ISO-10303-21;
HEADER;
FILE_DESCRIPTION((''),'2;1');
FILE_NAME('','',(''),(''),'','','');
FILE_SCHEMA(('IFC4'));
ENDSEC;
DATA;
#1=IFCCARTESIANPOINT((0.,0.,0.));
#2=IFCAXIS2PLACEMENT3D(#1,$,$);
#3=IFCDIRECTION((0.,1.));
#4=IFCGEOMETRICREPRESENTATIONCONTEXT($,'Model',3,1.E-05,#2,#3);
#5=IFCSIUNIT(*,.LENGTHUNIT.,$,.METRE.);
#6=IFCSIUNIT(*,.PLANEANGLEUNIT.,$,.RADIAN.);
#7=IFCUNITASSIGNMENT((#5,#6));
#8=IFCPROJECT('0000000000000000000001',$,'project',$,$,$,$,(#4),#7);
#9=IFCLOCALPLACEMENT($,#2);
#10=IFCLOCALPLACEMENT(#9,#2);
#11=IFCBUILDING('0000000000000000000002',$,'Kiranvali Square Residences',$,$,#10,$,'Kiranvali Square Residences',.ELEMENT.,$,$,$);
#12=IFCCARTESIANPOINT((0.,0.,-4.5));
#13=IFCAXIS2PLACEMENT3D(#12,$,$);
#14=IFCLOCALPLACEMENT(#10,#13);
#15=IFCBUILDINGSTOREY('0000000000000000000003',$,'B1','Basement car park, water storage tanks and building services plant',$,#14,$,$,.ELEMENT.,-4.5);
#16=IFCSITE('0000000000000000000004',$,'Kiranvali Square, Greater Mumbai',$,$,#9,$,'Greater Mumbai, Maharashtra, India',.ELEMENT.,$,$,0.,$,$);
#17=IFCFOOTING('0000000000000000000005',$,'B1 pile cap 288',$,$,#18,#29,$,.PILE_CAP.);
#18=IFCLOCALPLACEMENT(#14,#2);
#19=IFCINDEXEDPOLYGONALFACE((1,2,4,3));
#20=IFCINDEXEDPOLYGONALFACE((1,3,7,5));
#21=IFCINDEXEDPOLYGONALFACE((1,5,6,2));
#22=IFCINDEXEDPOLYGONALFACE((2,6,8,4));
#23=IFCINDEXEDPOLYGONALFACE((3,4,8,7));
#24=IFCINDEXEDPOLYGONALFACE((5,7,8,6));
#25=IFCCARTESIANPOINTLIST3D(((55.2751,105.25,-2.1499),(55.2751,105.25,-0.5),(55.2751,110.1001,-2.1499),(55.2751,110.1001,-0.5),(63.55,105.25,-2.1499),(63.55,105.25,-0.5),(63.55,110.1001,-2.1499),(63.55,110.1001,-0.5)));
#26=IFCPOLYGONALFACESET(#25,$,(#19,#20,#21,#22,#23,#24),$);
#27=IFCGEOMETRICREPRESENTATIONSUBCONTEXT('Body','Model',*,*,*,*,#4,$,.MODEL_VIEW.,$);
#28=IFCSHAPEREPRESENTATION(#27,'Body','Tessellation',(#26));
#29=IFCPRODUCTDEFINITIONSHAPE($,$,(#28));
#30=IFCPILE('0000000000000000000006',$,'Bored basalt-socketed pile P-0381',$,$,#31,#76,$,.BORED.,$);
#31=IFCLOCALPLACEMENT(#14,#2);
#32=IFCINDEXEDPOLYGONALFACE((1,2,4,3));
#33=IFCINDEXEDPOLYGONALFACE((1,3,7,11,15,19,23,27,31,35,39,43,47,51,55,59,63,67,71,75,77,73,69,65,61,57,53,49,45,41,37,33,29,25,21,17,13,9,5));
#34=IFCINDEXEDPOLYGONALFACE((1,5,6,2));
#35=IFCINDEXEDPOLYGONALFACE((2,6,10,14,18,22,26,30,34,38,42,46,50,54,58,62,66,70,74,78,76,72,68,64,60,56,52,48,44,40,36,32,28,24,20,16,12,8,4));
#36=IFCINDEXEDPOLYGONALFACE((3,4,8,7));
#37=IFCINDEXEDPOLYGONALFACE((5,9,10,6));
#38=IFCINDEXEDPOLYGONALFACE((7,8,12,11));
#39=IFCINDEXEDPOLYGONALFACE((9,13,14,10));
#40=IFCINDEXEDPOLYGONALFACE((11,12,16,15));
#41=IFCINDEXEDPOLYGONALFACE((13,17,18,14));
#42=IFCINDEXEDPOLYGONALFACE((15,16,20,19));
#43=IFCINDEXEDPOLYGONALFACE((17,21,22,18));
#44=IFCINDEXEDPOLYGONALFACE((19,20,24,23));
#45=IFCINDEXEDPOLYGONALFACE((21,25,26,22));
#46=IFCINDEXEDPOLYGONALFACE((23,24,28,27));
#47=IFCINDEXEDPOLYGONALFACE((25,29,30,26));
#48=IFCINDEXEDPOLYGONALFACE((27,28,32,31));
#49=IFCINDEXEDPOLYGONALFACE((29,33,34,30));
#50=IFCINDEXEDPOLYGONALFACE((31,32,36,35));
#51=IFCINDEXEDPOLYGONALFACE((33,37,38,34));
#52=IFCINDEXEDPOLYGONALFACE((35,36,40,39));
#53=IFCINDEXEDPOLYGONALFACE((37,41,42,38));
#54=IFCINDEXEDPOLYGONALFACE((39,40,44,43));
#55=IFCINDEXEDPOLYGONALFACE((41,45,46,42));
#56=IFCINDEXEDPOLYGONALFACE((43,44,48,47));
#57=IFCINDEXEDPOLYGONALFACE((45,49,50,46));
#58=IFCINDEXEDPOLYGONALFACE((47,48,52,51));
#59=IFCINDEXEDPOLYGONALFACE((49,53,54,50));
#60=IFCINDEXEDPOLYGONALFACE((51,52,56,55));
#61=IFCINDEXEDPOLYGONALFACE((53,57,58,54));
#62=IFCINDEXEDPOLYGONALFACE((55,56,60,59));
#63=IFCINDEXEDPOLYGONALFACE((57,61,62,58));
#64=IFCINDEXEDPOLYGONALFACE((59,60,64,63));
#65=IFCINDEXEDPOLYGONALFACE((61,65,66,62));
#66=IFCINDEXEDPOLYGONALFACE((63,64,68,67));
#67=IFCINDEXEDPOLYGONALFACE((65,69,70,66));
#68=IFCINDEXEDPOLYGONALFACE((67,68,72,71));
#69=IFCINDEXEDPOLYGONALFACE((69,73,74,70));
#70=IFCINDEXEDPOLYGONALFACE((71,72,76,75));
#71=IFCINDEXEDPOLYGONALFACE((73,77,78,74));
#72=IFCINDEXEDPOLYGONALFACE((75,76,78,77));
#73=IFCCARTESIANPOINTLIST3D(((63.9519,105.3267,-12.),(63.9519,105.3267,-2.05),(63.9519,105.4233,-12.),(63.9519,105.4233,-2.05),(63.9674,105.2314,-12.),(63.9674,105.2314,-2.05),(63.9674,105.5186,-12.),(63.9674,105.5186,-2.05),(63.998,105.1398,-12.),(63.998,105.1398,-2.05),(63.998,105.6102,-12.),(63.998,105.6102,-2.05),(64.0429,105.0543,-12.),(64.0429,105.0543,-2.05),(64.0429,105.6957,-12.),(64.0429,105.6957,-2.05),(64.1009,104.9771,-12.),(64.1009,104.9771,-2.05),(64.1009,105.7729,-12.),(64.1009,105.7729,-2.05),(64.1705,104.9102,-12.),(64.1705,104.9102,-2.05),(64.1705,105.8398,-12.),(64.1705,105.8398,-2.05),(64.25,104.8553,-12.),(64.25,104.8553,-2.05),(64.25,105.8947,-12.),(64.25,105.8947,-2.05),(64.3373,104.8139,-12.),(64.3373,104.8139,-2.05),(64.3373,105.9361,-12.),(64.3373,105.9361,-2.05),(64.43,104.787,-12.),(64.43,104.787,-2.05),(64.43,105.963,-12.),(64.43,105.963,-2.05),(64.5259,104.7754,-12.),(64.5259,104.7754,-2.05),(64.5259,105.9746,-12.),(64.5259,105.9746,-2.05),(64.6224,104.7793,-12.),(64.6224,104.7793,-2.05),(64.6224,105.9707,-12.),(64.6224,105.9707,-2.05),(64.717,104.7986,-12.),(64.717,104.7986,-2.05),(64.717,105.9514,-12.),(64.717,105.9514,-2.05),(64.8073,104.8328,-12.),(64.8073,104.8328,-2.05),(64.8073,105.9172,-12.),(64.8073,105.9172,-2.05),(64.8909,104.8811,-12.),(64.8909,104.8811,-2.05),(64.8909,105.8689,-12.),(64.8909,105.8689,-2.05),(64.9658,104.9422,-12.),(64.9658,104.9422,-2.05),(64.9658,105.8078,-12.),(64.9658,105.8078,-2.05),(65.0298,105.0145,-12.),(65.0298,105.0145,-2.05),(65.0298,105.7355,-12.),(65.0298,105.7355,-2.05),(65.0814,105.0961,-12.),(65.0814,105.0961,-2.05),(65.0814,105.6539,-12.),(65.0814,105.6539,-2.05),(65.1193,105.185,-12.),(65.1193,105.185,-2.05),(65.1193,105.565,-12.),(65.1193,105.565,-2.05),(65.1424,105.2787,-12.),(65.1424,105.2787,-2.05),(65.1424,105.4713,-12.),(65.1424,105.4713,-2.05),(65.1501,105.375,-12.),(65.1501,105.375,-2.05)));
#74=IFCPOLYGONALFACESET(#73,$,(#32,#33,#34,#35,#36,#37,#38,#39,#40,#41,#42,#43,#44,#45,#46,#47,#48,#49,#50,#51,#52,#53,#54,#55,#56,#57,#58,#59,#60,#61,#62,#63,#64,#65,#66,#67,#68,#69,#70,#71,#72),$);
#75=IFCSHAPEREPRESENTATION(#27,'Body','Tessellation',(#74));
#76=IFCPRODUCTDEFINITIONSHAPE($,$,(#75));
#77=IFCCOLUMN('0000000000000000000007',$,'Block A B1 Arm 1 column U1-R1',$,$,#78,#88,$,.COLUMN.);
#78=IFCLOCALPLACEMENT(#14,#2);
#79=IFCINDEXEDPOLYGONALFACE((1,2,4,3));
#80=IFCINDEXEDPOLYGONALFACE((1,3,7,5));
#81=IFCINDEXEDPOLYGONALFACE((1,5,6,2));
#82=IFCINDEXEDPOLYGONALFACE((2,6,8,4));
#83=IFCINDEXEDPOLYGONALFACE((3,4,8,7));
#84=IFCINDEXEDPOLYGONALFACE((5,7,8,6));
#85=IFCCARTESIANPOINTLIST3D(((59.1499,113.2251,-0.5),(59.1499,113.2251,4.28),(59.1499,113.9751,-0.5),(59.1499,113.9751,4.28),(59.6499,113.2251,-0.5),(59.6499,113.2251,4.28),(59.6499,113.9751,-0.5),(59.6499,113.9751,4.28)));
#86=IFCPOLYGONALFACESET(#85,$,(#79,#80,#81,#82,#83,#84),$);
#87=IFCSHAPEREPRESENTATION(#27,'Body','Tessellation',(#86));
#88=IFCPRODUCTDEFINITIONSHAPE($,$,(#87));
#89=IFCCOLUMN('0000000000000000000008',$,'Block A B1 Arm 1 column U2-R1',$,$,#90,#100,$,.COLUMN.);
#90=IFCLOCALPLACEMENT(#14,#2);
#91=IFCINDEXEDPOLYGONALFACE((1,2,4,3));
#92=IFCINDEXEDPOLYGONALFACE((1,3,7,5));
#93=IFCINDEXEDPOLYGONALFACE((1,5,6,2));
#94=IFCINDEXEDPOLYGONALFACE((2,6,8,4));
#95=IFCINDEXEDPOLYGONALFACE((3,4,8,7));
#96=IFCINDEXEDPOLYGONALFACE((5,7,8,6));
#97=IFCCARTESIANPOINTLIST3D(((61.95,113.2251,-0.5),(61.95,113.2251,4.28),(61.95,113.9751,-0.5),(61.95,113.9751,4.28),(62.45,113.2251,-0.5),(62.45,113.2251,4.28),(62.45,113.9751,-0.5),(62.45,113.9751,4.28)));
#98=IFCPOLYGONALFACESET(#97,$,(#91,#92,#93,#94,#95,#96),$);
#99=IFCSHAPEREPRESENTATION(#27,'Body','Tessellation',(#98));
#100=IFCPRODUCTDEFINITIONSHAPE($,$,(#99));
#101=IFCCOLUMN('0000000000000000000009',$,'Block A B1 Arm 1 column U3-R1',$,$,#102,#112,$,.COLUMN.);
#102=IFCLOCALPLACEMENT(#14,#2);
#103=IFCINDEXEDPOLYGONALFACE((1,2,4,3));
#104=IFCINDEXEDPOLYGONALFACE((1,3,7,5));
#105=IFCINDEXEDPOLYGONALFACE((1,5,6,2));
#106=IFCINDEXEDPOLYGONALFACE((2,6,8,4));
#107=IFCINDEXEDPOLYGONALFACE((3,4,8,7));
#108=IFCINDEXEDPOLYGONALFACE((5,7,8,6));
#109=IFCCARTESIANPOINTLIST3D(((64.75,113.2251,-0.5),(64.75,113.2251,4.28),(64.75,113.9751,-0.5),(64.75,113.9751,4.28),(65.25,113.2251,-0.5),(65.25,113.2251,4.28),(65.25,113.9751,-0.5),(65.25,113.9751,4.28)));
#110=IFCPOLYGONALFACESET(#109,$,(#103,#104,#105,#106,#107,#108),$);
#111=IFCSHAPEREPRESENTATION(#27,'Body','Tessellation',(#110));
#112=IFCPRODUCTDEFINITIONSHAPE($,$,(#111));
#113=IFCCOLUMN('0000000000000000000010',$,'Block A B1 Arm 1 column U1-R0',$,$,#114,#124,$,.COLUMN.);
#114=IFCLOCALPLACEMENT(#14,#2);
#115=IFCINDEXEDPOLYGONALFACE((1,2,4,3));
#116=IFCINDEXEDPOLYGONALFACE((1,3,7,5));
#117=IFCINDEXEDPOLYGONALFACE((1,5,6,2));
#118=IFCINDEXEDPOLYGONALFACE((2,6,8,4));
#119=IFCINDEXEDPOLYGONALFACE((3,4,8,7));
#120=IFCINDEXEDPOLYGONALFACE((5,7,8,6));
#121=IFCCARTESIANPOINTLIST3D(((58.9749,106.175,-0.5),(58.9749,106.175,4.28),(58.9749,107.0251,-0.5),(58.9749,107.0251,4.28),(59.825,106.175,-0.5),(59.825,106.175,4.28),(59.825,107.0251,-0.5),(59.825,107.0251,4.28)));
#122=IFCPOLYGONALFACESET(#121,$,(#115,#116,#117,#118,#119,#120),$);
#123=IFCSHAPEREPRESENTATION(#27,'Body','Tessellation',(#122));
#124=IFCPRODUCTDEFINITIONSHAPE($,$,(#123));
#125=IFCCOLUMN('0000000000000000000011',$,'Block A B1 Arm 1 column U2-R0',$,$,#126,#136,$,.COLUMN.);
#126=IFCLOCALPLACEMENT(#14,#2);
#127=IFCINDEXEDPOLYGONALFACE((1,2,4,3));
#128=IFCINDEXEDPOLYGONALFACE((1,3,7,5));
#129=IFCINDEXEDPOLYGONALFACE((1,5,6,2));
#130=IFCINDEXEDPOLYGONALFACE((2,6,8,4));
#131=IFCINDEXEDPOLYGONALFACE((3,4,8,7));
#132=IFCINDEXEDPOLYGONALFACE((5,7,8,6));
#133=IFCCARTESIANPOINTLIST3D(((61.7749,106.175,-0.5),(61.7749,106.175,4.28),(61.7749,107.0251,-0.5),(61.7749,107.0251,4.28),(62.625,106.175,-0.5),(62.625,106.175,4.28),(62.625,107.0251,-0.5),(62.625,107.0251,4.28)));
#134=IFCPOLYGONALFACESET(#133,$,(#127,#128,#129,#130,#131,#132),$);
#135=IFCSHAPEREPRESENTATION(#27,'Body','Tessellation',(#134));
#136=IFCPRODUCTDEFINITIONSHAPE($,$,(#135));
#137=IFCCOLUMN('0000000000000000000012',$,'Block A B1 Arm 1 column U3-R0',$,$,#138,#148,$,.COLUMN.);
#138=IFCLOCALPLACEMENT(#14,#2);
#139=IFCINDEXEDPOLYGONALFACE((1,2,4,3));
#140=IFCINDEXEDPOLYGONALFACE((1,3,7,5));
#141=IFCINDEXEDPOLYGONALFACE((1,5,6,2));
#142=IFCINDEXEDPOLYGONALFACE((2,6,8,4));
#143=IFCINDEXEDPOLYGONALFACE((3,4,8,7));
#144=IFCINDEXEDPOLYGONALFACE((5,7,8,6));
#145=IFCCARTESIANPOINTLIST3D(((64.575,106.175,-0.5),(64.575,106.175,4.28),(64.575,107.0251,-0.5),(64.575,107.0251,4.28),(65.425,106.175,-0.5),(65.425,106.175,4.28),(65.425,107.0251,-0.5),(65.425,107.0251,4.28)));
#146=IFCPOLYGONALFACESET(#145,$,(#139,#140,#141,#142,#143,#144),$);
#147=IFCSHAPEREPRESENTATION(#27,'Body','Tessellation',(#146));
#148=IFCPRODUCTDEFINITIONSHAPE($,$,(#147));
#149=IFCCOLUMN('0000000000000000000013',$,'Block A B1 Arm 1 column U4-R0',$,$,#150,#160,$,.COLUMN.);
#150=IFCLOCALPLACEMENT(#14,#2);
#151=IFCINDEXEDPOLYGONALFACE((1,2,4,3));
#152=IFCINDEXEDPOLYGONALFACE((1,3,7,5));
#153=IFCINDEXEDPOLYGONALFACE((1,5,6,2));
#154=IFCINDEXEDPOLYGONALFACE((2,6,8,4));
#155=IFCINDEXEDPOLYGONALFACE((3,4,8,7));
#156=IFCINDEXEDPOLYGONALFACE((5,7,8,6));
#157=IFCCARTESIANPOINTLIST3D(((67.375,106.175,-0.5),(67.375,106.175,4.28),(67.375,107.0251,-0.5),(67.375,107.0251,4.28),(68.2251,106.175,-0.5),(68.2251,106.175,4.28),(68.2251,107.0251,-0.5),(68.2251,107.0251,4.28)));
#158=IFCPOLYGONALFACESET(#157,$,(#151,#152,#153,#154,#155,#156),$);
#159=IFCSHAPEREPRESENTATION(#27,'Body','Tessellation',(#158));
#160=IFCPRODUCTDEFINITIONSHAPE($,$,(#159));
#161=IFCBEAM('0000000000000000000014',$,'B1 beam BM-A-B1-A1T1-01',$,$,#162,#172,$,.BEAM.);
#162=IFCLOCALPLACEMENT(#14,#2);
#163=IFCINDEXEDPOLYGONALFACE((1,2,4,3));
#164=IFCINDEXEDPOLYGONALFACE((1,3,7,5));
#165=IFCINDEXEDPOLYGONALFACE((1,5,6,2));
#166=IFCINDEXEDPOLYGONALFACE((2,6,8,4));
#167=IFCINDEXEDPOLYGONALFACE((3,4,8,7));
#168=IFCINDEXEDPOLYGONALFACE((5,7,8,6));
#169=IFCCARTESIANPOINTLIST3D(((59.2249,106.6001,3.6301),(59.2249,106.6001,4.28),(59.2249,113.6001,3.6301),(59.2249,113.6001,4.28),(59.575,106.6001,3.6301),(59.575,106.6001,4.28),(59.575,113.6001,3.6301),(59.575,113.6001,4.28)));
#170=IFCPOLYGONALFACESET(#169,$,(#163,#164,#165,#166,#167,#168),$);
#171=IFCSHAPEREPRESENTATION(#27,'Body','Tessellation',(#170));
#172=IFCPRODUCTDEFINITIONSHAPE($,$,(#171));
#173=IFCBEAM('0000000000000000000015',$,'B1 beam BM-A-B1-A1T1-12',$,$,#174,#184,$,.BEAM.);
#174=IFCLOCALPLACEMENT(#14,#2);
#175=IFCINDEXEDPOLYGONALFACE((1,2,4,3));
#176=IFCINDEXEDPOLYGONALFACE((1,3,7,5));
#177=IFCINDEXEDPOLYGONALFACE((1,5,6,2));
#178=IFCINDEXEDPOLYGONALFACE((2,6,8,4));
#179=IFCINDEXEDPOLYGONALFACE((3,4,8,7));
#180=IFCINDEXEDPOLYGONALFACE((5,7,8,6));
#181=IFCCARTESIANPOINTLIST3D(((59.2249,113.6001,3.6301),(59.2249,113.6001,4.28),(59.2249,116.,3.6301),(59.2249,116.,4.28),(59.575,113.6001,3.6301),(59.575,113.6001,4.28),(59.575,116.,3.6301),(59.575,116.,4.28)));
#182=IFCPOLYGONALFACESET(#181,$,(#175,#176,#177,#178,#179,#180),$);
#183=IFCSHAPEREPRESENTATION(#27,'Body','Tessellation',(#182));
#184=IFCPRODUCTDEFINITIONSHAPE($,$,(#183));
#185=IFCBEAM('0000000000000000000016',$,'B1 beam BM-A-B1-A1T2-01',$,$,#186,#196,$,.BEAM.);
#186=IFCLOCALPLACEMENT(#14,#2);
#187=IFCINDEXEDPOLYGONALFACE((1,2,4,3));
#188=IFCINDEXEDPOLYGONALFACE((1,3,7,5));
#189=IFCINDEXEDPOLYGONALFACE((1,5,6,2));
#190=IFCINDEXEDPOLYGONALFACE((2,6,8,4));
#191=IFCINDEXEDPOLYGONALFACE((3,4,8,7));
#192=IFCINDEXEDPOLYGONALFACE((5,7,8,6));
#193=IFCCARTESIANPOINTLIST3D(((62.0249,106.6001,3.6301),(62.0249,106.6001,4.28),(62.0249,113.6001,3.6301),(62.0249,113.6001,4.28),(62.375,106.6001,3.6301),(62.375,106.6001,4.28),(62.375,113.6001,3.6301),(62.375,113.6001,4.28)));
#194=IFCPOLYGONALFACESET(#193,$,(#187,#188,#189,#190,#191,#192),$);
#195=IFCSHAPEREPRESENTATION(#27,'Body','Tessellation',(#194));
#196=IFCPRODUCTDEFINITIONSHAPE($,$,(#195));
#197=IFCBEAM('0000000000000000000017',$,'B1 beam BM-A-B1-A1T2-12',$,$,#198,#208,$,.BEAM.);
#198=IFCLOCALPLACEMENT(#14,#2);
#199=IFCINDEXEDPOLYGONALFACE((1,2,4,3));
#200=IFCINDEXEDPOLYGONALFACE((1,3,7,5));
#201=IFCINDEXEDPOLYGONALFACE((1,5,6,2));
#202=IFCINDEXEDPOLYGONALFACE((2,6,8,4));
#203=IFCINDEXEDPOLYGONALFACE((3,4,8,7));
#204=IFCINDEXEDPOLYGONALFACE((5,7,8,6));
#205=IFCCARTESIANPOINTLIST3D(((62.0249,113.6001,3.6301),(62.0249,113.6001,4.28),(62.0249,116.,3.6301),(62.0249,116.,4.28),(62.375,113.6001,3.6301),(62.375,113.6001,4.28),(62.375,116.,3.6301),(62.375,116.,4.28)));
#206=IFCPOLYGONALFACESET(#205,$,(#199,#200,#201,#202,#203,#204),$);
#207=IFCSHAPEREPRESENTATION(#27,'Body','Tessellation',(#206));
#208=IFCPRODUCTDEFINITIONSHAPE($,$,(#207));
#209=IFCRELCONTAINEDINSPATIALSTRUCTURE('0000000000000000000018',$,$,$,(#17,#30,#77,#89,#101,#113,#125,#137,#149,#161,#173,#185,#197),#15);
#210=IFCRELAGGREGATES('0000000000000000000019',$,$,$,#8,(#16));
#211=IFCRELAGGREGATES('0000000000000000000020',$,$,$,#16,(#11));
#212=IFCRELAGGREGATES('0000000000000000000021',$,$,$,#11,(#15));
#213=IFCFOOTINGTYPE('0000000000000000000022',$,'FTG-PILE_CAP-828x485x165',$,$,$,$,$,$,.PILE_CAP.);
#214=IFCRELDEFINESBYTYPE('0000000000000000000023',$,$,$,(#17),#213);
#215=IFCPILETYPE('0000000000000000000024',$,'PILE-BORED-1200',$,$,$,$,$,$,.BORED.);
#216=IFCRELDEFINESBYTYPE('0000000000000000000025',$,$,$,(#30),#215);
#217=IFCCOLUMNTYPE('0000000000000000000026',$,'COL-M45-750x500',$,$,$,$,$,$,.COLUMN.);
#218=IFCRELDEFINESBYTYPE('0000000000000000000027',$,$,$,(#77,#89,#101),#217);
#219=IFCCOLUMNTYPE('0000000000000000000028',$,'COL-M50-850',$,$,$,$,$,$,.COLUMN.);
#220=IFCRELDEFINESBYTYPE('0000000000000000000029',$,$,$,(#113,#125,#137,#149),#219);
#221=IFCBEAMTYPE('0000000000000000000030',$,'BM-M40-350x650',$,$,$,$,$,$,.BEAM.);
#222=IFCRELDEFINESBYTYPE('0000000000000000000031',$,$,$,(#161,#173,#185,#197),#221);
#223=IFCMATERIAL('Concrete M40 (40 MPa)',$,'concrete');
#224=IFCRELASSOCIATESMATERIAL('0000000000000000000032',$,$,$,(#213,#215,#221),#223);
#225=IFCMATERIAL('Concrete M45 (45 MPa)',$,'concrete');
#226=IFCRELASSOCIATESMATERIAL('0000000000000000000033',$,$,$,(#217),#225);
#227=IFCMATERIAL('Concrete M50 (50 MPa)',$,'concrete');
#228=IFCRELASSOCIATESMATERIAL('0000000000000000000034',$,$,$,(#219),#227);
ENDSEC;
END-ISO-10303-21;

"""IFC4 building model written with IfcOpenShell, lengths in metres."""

from ifc_helpers import new_model, si_unit, direction, frame, origin, origin_2d, place, context, subcontext, project, spatial, rectangle, circle, extrude, material, material_profile, profile_set, type_object, element, save


model = new_model("IFC4")

# Units and contexts
model_context = context("Model", 3, precision=1e-05, world=origin(), true_north=direction((0.0, 1.0)))
body_context = subcontext(model_context, "Body", "Model", "MODEL_VIEW")
ifc_project = project(units=[si_unit("LENGTHUNIT", "METRE"), si_unit("PLANEANGLEUNIT", "RADIAN")], contexts=[model_context])

# Site, building, storey
site_placement = place(None, origin())
site = spatial("IfcSite", under=ifc_project, at=site_placement, Name="Kiranvali Square, Greater Mumbai", LongName="Greater Mumbai, Maharashtra, India", CompositionType="ELEMENT", RefElevation=0.0)
building_placement = place(site_placement, origin())
building = spatial("IfcBuilding", under=site, at=building_placement, Name="Kiranvali Square Residences", LongName="Kiranvali Square Residences", CompositionType="ELEMENT")
storey_placement = place(building_placement, frame((0.0, 0.0, -4.5)))
storey = spatial("IfcBuildingStorey", under=building, at=storey_placement, Name="B1", Description="Basement car park, water storage tanks and building services plant", CompositionType="ELEMENT", Elevation=-4.5)

# Footing
ifc_material_1 = material(Name="Concrete M40 (40 MPa)", Category="concrete")
footing_type = type_object("IfcFootingType", Name="FTG-PILE_CAP-828x485x165", PredefinedType="PILE_CAP", material=ifc_material_1)
footing_placement = place(storey_placement, frame((59.4126, 107.675, -2.1499), z_axis=(0.0, 0.0, 1.0), x_axis=(1.0, 0.0, 0.0)))
element("IfcFooting", 1, at=footing_placement, inside=storey, type_object=footing_type, Name="B1 pile cap 288", PredefinedType="PILE_CAP", context=body_context, shape_type="SweptSolid", body=[
    extrude(rectangle(XDim=8.2749, YDim=4.8501, at=origin_2d()), origin(), (0.0, 0.0, 1.0), 1.6499),
])

# Pile
ifc_material_profile_1 = material_profile(ifc_material_1, circle(Radius=0.6001, at=origin_2d()), Name="BORED PILE 1200")
ifc_profile_set_1 = profile_set([ifc_material_profile_1], Name="Concrete M40 (40 MPa)")
pile_type = type_object("IfcPileType", Name="PILE-BORED-1200", PredefinedType="BORED", material=ifc_profile_set_1)
pile_placement = place(storey_placement, frame((64.55, 105.375, -2.05), z_axis=(0.0, 0.0, -1.0), x_axis=(1.0, 0.0, 0.0)))
element("IfcPile", 2, at=pile_placement, inside=storey, type_object=pile_type, Name="Bored basalt-socketed pile P-0381", PredefinedType="BORED", context=body_context, shape_type="SweptSolid", body=[
    extrude(circle(Radius=0.6001, at=origin_2d()), origin(), (0.0, 0.0, 1.0), 9.95),
])

# Columns
ifc_material_2 = material(Name="Concrete M45 (45 MPa)", Category="concrete")
ifc_material_profile_2 = material_profile(ifc_material_2, rectangle(XDim=0.5, YDim=0.75, at=origin_2d()), Name="RC 750x500")
ifc_profile_set_2 = profile_set([ifc_material_profile_2], Name="Concrete M45 (45 MPa)")
column_type_1 = type_object("IfcColumnType", Name="COL-M45-750x500", PredefinedType="COLUMN", material=ifc_profile_set_2)
for number, where, z_axis, x_axis, name in (
    (3, (59.3999, 113.6001, -0.5), (0.0, 0.0, 1.0), (1.0, 0.0, 0.0), "Block A B1 Arm 1 column U1-R1"),
    (4, (62.2, 113.6001, -0.5), (0.0, 0.0, 1.0), (1.0, 0.0, 0.0), "Block A B1 Arm 1 column U2-R1"),
    (5, (65.0, 113.6001, -0.5), (0.0, 0.0, 1.0), (1.0, 0.0, 0.0), "Block A B1 Arm 1 column U3-R1"),
):
    element("IfcColumn", number, at=place(storey_placement, frame(where, z_axis=z_axis, x_axis=x_axis)), inside=storey, type_object=column_type_1, Name=name, PredefinedType="COLUMN", context=body_context, shape_type="SweptSolid", body=[
        extrude(rectangle(XDim=0.5, YDim=0.75, at=origin_2d()), origin(), (0.0, 0.0, 1.0), 4.78),
    ])
ifc_material_3 = material(Name="Concrete M50 (50 MPa)", Category="concrete")
ifc_material_profile_3 = material_profile(ifc_material_3, rectangle(XDim=0.8501, YDim=0.8501, at=origin_2d()), Name="RC 850x850")
ifc_profile_set_3 = profile_set([ifc_material_profile_3], Name="Concrete M50 (50 MPa)")
column_type_2 = type_object("IfcColumnType", Name="COL-M50-850", PredefinedType="COLUMN", material=ifc_profile_set_3)
for number, where, z_axis, x_axis, name in (
    (6, (59.3999, 106.6001, -0.5), (0.0, 0.0, 1.0), (1.0, 0.0, 0.0), "Block A B1 Arm 1 column U1-R0"),
    (7, (62.2, 106.6001, -0.5), (0.0, 0.0, 1.0), (1.0, 0.0, 0.0), "Block A B1 Arm 1 column U2-R0"),
    (8, (65.0, 106.6001, -0.5), (0.0, 0.0, 1.0), (1.0, 0.0, 0.0), "Block A B1 Arm 1 column U3-R0"),
    (9, (67.8, 106.6001, -0.5), (0.0, 0.0, 1.0), (1.0, 0.0, 0.0), "Block A B1 Arm 1 column U4-R0"),
):
    element("IfcColumn", number, at=place(storey_placement, frame(where, z_axis=z_axis, x_axis=x_axis)), inside=storey, type_object=column_type_2, Name=name, PredefinedType="COLUMN", context=body_context, shape_type="SweptSolid", body=[
        extrude(rectangle(XDim=0.8501, YDim=0.8501, at=origin_2d()), origin(), (0.0, 0.0, 1.0), 4.78),
    ])

# Beams
ifc_material_profile_4 = material_profile(ifc_material_1, rectangle(XDim=0.3501, YDim=0.6499, at=origin_2d()), Name="RC 350x650")
ifc_profile_set_4 = profile_set([ifc_material_profile_4], Name="Concrete M40 (40 MPa)")
beam_type_1 = type_object("IfcBeamType", Name="BM-M40-350x650", PredefinedType="BEAM", material=ifc_profile_set_4)
beam_1_placement = place(storey_placement, frame((59.3999, 106.6001, 3.9551), z_axis=(0.0, 1.0, 0.0), x_axis=(-1.0, 0.0, 0.0)))
element("IfcBeam", 10, at=beam_1_placement, inside=storey, type_object=beam_type_1, Name="B1 beam BM-A-B1-A1T1-01", PredefinedType="BEAM", context=body_context, shape_type="SweptSolid", body=[
    extrude(rectangle(XDim=0.3501, YDim=0.6499, at=origin_2d()), origin(), (0.0, 0.0, 1.0), 7.0),
])
beam_2_placement = place(storey_placement, frame((59.3999, 113.6001, 3.9551), z_axis=(0.0, 1.0, 0.0), x_axis=(-1.0, 0.0, 0.0)))
element("IfcBeam", 11, at=beam_2_placement, inside=storey, type_object=beam_type_1, Name="B1 beam BM-A-B1-A1T1-12", PredefinedType="BEAM", context=body_context, shape_type="SweptSolid", body=[
    extrude(rectangle(XDim=0.3501, YDim=0.6499, at=origin_2d()), origin(), (0.0, 0.0, 1.0), 2.3999),
])
beam_3_placement = place(storey_placement, frame((62.2, 106.6001, 3.9551), z_axis=(0.0, 1.0, 0.0), x_axis=(-1.0, 0.0, 0.0)))
element("IfcBeam", 12, at=beam_3_placement, inside=storey, type_object=beam_type_1, Name="B1 beam BM-A-B1-A1T2-01", PredefinedType="BEAM", context=body_context, shape_type="SweptSolid", body=[
    extrude(rectangle(XDim=0.3501, YDim=0.6499, at=origin_2d()), origin(), (0.0, 0.0, 1.0), 7.0),
])
beam_4_placement = place(storey_placement, frame((62.2, 113.6001, 3.9551), z_axis=(0.0, 1.0, 0.0), x_axis=(-1.0, 0.0, 0.0)))
element("IfcBeam", 13, at=beam_4_placement, inside=storey, type_object=beam_type_1, Name="B1 beam BM-A-B1-A1T2-12", PredefinedType="BEAM", context=body_context, shape_type="SweptSolid", body=[
    extrude(rectangle(XDim=0.3501, YDim=0.6499, at=origin_2d()), origin(), (0.0, 0.0, 1.0), 2.3999),
])

save(model, "model.ifc")
